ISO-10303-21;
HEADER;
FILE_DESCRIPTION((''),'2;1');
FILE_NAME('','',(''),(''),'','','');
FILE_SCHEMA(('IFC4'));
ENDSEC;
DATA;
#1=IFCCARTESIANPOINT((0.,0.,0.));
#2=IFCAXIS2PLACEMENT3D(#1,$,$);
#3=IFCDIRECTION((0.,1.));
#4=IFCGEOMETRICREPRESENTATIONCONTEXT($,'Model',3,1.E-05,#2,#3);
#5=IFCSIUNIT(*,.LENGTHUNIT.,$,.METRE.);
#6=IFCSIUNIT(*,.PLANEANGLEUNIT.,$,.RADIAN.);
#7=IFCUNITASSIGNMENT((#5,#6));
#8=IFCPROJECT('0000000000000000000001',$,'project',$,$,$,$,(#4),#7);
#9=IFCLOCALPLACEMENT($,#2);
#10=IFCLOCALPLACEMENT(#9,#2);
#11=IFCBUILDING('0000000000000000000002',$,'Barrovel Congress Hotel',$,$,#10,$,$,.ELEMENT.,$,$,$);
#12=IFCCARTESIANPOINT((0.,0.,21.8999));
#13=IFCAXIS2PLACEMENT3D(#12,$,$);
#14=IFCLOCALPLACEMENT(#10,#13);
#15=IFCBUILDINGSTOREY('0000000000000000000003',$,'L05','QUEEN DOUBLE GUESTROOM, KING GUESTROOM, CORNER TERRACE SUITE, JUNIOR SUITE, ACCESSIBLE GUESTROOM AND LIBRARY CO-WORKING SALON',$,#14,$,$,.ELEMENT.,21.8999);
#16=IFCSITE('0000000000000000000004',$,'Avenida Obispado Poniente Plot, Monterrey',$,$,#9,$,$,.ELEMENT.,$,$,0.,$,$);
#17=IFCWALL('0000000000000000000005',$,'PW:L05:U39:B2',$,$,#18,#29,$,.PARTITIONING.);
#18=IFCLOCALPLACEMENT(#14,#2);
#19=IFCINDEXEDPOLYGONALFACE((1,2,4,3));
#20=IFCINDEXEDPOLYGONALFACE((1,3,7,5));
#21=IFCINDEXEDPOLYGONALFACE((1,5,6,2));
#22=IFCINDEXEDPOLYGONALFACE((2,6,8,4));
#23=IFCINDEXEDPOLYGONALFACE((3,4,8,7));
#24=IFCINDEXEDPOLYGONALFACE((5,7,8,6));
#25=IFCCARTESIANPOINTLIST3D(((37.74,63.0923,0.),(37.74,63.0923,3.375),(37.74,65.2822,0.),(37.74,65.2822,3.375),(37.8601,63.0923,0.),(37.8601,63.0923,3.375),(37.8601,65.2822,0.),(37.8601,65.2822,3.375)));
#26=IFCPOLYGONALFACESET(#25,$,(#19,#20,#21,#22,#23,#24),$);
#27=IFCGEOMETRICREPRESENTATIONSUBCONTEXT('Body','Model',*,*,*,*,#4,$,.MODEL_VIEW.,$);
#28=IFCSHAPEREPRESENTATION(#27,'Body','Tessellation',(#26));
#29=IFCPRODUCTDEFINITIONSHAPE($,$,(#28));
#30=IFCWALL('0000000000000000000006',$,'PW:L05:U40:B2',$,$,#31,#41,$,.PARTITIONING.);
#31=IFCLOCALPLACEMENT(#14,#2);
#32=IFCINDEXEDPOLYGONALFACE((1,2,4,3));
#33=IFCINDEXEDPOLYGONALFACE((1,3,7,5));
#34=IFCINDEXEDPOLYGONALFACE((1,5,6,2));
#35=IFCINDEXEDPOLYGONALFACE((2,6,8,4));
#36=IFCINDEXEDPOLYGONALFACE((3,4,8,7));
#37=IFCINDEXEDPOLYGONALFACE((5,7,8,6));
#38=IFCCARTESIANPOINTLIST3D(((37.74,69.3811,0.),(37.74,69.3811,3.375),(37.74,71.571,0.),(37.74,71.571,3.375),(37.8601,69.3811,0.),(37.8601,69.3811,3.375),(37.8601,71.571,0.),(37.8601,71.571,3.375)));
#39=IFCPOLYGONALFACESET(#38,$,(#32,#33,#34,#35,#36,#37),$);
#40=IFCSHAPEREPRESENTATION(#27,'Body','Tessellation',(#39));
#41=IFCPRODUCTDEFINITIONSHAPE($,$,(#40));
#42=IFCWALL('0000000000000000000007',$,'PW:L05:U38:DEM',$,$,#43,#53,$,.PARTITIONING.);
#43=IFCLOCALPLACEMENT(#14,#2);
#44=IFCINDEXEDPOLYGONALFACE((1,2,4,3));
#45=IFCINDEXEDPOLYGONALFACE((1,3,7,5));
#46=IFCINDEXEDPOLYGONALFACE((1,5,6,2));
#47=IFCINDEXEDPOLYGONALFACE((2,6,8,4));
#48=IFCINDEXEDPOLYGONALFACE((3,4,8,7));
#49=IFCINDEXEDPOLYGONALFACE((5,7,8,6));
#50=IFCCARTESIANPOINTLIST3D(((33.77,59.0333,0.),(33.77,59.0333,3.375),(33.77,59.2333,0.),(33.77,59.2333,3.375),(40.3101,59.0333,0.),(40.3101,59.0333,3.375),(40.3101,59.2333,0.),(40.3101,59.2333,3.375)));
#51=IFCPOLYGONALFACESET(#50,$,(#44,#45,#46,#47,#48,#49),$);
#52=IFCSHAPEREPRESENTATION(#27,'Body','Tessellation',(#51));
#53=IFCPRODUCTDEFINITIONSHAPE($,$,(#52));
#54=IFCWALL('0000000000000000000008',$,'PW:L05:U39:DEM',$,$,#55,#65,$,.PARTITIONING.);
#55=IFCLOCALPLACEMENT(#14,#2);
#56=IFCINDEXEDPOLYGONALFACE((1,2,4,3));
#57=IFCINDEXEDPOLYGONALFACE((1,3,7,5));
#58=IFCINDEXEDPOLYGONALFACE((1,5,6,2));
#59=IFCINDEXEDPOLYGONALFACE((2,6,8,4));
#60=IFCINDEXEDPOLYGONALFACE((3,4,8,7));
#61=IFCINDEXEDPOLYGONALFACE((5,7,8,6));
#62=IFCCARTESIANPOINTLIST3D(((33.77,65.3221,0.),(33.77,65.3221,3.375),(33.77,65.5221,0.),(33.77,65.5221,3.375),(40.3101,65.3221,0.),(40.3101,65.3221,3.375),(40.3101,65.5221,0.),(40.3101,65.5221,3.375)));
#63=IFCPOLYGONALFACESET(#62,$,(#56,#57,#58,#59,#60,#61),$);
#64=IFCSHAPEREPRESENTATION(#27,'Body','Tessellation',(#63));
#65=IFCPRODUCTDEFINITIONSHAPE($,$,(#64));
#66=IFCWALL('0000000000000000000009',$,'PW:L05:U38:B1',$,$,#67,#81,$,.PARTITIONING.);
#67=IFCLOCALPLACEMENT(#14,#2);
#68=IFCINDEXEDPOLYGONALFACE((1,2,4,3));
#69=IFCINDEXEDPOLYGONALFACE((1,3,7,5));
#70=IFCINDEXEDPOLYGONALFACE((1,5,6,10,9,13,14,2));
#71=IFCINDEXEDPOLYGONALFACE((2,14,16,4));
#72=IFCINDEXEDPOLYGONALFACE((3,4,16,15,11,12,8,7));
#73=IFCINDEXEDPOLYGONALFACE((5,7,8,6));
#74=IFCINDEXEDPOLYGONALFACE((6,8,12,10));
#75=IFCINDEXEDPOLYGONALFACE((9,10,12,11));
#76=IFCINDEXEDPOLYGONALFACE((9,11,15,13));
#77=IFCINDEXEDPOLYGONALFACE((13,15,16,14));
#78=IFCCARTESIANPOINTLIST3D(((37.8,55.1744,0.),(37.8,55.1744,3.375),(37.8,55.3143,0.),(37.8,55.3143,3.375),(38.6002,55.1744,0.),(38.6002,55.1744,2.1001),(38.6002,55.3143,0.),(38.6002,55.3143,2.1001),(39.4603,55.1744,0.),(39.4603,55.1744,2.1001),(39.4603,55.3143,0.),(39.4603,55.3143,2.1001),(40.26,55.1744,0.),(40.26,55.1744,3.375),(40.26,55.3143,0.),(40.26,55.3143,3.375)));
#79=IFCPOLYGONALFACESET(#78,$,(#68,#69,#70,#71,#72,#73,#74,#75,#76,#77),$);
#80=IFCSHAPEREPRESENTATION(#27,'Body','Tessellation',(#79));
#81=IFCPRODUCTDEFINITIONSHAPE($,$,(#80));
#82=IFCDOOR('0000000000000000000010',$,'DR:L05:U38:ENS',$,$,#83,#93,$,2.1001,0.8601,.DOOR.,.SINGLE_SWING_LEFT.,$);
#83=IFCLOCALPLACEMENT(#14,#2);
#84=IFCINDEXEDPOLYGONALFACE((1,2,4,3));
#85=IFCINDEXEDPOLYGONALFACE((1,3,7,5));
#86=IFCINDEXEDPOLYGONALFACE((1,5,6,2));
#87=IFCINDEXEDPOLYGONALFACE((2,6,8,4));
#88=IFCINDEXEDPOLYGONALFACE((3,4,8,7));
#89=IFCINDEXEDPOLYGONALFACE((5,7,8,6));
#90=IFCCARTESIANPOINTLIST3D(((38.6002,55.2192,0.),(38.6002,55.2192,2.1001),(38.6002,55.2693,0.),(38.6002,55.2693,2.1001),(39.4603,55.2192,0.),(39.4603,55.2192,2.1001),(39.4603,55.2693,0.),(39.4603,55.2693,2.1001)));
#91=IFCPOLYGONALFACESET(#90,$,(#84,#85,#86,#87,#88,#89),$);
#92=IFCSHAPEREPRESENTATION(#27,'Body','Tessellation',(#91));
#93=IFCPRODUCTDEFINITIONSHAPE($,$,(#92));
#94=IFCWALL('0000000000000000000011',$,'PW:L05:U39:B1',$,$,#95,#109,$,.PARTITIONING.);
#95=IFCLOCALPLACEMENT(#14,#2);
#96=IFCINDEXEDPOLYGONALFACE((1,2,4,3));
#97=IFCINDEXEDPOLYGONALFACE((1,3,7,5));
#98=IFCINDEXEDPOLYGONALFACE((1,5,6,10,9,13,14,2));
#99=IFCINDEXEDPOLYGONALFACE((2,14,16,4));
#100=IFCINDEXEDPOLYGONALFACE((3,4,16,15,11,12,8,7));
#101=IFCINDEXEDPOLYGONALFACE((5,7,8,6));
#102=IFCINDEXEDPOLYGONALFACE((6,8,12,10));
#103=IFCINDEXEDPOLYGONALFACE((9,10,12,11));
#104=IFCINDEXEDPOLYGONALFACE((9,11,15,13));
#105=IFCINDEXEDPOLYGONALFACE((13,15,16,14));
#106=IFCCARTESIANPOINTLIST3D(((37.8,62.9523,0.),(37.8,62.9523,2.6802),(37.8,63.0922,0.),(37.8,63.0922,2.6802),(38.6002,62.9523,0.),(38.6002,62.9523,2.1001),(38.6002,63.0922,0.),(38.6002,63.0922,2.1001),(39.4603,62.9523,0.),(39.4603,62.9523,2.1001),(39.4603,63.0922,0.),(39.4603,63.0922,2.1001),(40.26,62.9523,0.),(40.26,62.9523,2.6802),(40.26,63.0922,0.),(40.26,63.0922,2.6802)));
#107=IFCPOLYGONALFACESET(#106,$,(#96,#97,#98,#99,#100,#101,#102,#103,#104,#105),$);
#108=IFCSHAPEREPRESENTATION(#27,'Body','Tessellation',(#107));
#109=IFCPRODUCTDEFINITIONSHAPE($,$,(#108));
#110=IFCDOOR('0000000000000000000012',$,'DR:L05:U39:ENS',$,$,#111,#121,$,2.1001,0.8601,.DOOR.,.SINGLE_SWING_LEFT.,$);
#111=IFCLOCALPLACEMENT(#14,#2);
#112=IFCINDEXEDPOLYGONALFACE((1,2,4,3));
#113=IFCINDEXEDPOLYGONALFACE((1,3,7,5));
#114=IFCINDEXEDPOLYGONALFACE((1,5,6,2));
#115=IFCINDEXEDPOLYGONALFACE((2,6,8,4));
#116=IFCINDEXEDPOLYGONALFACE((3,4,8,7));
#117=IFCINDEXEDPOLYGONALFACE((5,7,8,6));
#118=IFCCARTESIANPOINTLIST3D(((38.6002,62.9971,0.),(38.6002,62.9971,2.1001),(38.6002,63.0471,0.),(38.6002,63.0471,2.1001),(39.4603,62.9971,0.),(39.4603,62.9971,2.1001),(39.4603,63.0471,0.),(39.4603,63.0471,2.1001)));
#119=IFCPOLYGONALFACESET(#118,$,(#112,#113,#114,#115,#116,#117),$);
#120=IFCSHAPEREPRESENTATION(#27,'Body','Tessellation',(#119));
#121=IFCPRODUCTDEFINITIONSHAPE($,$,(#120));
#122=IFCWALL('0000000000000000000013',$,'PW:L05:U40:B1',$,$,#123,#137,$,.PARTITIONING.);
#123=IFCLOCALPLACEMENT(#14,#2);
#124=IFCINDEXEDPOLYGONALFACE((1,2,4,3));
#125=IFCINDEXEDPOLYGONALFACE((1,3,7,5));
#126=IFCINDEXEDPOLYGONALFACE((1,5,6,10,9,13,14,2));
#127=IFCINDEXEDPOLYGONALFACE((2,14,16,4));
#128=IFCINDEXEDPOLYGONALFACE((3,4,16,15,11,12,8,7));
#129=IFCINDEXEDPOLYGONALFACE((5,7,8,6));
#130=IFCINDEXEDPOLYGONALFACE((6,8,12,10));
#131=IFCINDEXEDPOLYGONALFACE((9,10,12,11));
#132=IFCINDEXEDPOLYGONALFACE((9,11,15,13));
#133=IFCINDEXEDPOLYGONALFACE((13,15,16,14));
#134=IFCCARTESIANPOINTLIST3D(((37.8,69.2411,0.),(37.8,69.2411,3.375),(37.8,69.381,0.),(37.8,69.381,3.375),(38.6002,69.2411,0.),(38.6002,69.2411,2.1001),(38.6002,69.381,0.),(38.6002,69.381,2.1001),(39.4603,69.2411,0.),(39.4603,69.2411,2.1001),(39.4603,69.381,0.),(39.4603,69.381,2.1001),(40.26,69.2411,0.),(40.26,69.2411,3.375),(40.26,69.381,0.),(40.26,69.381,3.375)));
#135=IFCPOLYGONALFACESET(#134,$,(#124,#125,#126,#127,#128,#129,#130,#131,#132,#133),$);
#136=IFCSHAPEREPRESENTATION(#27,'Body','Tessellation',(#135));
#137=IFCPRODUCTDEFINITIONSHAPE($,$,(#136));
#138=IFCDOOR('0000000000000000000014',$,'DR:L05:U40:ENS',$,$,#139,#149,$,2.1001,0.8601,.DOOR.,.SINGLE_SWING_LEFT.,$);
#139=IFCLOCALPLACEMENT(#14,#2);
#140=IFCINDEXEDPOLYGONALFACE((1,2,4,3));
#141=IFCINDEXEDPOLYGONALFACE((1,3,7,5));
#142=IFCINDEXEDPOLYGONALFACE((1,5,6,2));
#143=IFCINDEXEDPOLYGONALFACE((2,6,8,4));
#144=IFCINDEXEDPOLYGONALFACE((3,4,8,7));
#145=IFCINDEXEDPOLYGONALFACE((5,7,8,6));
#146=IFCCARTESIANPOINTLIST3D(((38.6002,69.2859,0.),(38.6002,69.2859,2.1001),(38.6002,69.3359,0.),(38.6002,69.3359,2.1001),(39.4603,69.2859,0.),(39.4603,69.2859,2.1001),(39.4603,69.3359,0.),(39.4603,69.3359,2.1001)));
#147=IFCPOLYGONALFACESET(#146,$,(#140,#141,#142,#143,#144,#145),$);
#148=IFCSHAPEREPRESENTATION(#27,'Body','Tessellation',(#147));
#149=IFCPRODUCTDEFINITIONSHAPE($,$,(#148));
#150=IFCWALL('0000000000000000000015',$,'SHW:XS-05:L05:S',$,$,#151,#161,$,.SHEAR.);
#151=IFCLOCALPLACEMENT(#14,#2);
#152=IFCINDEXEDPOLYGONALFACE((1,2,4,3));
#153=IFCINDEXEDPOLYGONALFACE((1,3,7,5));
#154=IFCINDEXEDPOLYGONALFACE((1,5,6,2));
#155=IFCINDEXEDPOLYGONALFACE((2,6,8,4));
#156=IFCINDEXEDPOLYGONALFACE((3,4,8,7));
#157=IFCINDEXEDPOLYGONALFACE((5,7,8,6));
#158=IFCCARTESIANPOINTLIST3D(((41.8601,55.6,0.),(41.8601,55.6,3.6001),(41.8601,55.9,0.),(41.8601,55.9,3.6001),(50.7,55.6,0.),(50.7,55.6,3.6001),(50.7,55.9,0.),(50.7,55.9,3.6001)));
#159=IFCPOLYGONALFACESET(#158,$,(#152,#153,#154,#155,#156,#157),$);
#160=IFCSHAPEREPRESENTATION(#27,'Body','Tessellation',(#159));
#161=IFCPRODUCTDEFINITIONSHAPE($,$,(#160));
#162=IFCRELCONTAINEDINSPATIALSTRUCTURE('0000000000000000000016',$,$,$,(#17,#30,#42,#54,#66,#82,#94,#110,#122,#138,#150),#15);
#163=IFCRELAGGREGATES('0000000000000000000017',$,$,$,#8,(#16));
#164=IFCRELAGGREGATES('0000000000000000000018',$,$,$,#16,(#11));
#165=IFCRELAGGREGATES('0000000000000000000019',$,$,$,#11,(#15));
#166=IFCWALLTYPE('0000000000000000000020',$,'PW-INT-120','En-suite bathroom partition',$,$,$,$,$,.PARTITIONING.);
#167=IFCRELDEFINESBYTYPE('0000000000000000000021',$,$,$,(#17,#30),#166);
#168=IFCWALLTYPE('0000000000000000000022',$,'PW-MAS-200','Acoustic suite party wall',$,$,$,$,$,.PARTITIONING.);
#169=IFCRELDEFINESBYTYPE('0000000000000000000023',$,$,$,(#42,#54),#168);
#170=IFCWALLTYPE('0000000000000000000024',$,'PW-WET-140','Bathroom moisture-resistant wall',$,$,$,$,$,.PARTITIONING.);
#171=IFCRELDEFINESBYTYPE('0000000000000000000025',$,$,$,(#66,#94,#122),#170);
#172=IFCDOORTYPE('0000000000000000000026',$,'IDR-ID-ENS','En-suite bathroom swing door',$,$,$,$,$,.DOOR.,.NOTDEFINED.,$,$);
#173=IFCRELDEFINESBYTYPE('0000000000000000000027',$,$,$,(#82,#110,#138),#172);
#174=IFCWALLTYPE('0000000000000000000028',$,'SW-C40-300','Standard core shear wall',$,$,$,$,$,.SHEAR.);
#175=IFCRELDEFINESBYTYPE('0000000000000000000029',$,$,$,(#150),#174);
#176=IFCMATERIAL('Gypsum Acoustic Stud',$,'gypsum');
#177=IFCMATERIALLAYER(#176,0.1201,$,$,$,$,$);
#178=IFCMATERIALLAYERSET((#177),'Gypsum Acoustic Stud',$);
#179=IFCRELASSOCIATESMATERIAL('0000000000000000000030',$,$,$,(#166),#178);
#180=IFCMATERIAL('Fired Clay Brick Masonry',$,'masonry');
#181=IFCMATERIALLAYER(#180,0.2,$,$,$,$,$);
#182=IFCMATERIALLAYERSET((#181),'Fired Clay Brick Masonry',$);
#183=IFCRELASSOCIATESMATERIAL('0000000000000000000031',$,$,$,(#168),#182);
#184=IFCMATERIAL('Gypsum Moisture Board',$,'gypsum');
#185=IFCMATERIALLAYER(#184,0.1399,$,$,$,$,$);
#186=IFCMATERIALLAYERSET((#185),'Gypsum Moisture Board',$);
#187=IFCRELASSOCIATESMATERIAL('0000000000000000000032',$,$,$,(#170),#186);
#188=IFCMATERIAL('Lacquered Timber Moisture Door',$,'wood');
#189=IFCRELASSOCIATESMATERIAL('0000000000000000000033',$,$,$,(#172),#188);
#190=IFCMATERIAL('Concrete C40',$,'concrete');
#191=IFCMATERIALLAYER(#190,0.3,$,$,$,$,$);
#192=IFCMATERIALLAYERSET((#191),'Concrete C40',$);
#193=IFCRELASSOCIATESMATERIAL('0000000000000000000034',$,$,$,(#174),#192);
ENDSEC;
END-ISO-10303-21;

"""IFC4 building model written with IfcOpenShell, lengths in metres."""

from ifc_helpers import new_model, si_unit, direction, frame, frame_2d, origin, place, context, subcontext, project, spatial, rectangle, extrude, material, layer, layer_set, type_object, element, fill, save


model = new_model("IFC4")

# Units and contexts
model_context = context("Model", 3, precision=1e-05, world=origin(), true_north=direction((0.0, 1.0)))
body_context = subcontext(model_context, "Body", "Model", "MODEL_VIEW")
ifc_project = project(units=[si_unit("LENGTHUNIT", "METRE"), si_unit("PLANEANGLEUNIT", "RADIAN")], contexts=[model_context])

# Site, building, storey
site_placement = place(None, origin())
site = spatial("IfcSite", under=ifc_project, at=site_placement, Name="Avenida Obispado Poniente Plot, Monterrey", CompositionType="ELEMENT", RefElevation=0.0)
building_placement = place(site_placement, origin())
building = spatial("IfcBuilding", under=site, at=building_placement, Name="Barrovel Congress Hotel", CompositionType="ELEMENT")
storey_placement = place(building_placement, frame((0.0, 0.0, 21.8999)))
storey = spatial("IfcBuildingStorey", under=building, at=storey_placement, Name="L05", Description="QUEEN DOUBLE GUESTROOM, KING GUESTROOM, CORNER TERRACE SUITE, JUNIOR SUITE, ACCESSIBLE GUESTROOM AND LIBRARY CO-WORKING SALON", CompositionType="ELEMENT", Elevation=21.8999)

# Shared definitions
ifc_material_1 = material(Name="Concrete C40", Category="concrete")

# Shared definitions
ifc_material_2 = material(Name="Fired Clay Brick Masonry", Category="masonry")

# Shared definitions
ifc_material_3 = material(Name="Gypsum Acoustic Stud", Category="gypsum")

# Walls
ifc_layer_1 = layer(ifc_material_3, 0.1201)
ifc_layer_set_1 = layer_set([ifc_layer_1], Name="Gypsum Acoustic Stud")
wall_type_1 = type_object("IfcWallType", Name="PW-INT-120", Description="En-suite bathroom partition", PredefinedType="PARTITIONING", material=ifc_layer_set_1)
for number, where, z_axis, x_axis, name in (
    (1, (37.8, 63.0923, 0.0), (0.0, 0.0, 1.0), (0.0, 1.0, 0.0), "PW:L05:U39:B2"),
    (2, (37.8, 69.3811, 0.0), (0.0, 0.0, 1.0), (0.0, 1.0, 0.0), "PW:L05:U40:B2"),
):
    element("IfcWall", number, at=place(storey_placement, frame(where, z_axis=z_axis, x_axis=x_axis)), inside=storey, type_object=wall_type_1, Name=name, PredefinedType="PARTITIONING", context=body_context, shape_type="SweptSolid", body=[
        extrude(rectangle(XDim=2.1899, YDim=0.1201, at=frame_2d((1.095, 0.0))), origin(), (0.0, 0.0, 1.0), 3.375),
    ])
ifc_layer_2 = layer(ifc_material_2, 0.2)
ifc_layer_set_2 = layer_set([ifc_layer_2], Name="Fired Clay Brick Masonry")
wall_type_2 = type_object("IfcWallType", Name="PW-MAS-200", Description="Acoustic suite party wall", PredefinedType="PARTITIONING", material=ifc_layer_set_2)
for number, where, z_axis, x_axis, name in (
    (3, (33.77, 59.1333, 0.0), (0.0, 0.0, 1.0), (1.0, 0.0, 0.0), "PW:L05:U38:DEM"),
    (4, (33.77, 65.4221, 0.0), (0.0, 0.0, 1.0), (1.0, 0.0, 0.0), "PW:L05:U39:DEM"),
):
    element("IfcWall", number, at=place(storey_placement, frame(where, z_axis=z_axis, x_axis=x_axis)), inside=storey, type_object=wall_type_2, Name=name, PredefinedType="PARTITIONING", context=body_context, shape_type="SweptSolid", body=[
        extrude(rectangle(XDim=6.54, YDim=0.2, at=frame_2d((3.27, 0.0))), origin(), (0.0, 0.0, 1.0), 3.375),
    ])

# Walls, openings, doors
ifc_material_4 = material(Name="Gypsum Moisture Board", Category="gypsum")
ifc_layer_3 = layer(ifc_material_4, 0.1399)
ifc_layer_set_3 = layer_set([ifc_layer_3], Name="Gypsum Moisture Board")
wall_type_3 = type_object("IfcWallType", Name="PW-WET-140", Description="Bathroom moisture-resistant wall", PredefinedType="PARTITIONING", material=ifc_layer_set_3)
wall_1_placement = place(storey_placement, frame((37.8, 55.2444, 0.0), z_axis=(0.0, 0.0, 1.0), x_axis=(1.0, 0.0, 0.0)))
wall_1 = element("IfcWall", 5, at=wall_1_placement, inside=storey, type_object=wall_type_3, Name="PW:L05:U38:B1", PredefinedType="PARTITIONING", context=body_context, shape_type="SweptSolid", body=[
    extrude(rectangle(XDim=2.46, YDim=0.1399, at=frame_2d((1.23, 0.0))), origin(), (0.0, 0.0, 1.0), 3.375),
])
opening_1_placement = place(wall_1_placement, frame((0.8, 0.0, 0.0)))
opening_1 = element("IfcOpeningElement", 6, at=opening_1_placement, cuts=wall_1, PredefinedType="OPENING", context=body_context, shape_type="SweptSolid", body=[
    extrude(rectangle(XDim=0.8601, YDim=2.1001, at=frame_2d((0.4302, 1.05))), frame((0.0, 0.0801, 0.0), z_axis=(0.0, -1.0, 0.0), x_axis=(1.0, 0.0, 0.0)), (0.0, 0.0, 1.0), 0.1599),
])
ifc_material_5 = material(Name="Lacquered Timber Moisture Door", Category="wood")
door_type_1 = type_object("IfcDoorType", Name="IDR-ID-ENS", Description="En-suite bathroom swing door", OperationType="NOTDEFINED", PredefinedType="DOOR", material=ifc_material_5)
door_1_placement = place(opening_1_placement, origin())
door_1 = element("IfcDoor", 7, at=door_1_placement, inside=storey, type_object=door_type_1, Name="DR:L05:U38:ENS", OperationType="SINGLE_SWING_LEFT", OverallHeight=2.1001, OverallWidth=0.8601, PredefinedType="DOOR", context=body_context, shape_type="SweptSolid", body=[
    extrude(rectangle(XDim=0.8601, YDim=2.1001, at=frame_2d((0.4302, 1.05))), frame((0.0, 0.0249, 0.0), z_axis=(0.0, -1.0, 0.0), x_axis=(1.0, 0.0, 0.0)), (0.0, 0.0, 1.0), 0.05),
])
fill(opening_1, door_1)
wall_2_placement = place(storey_placement, frame((37.8, 63.0222, 0.0), z_axis=(0.0, 0.0, 1.0), x_axis=(1.0, 0.0, 0.0)))
wall_2 = element("IfcWall", 8, at=wall_2_placement, inside=storey, type_object=wall_type_3, Name="PW:L05:U39:B1", PredefinedType="PARTITIONING", context=body_context, shape_type="SweptSolid", body=[
    extrude(rectangle(XDim=2.46, YDim=0.1399, at=frame_2d((1.23, 0.0))), origin(), (0.0, 0.0, 1.0), 2.6802),
])
opening_2_placement = place(wall_2_placement, frame((0.8, 0.0, 0.0)))
opening_2 = element("IfcOpeningElement", 9, at=opening_2_placement, cuts=wall_2, PredefinedType="OPENING", context=body_context, shape_type="SweptSolid", body=[
    extrude(rectangle(XDim=0.8601, YDim=2.1001, at=frame_2d((0.4302, 1.05))), frame((0.0, 0.0801, 0.0), z_axis=(0.0, -1.0, 0.0), x_axis=(1.0, 0.0, 0.0)), (0.0, 0.0, 1.0), 0.1599),
])
door_2_placement = place(opening_2_placement, origin())
door_2 = element("IfcDoor", 10, at=door_2_placement, inside=storey, type_object=door_type_1, Name="DR:L05:U39:ENS", OperationType="SINGLE_SWING_LEFT", OverallHeight=2.1001, OverallWidth=0.8601, PredefinedType="DOOR", context=body_context, shape_type="SweptSolid", body=[
    extrude(rectangle(XDim=0.8601, YDim=2.1001, at=frame_2d((0.4302, 1.05))), frame((0.0, 0.0249, 0.0), z_axis=(0.0, -1.0, 0.0), x_axis=(1.0, 0.0, 0.0)), (0.0, 0.0, 1.0), 0.05),
])
fill(opening_2, door_2)
wall_3_placement = place(storey_placement, frame((37.8, 69.311, 0.0), z_axis=(0.0, 0.0, 1.0), x_axis=(1.0, 0.0, 0.0)))
wall_3 = element("IfcWall", 11, at=wall_3_placement, inside=storey, type_object=wall_type_3, Name="PW:L05:U40:B1", PredefinedType="PARTITIONING", context=body_context, shape_type="SweptSolid", body=[
    extrude(rectangle(XDim=2.46, YDim=0.1399, at=frame_2d((1.23, 0.0))), origin(), (0.0, 0.0, 1.0), 3.375),
])
opening_3_placement = place(wall_3_placement, frame((0.8, 0.0, 0.0)))
opening_3 = element("IfcOpeningElement", 12, at=opening_3_placement, cuts=wall_3, PredefinedType="OPENING", context=body_context, shape_type="SweptSolid", body=[
    extrude(rectangle(XDim=0.8601, YDim=2.1001, at=frame_2d((0.4302, 1.05))), frame((0.0, 0.0801, 0.0), z_axis=(0.0, -1.0, 0.0), x_axis=(1.0, 0.0, 0.0)), (0.0, 0.0, 1.0), 0.1599),
])
door_3_placement = place(opening_3_placement, origin())
door_3 = element("IfcDoor", 13, at=door_3_placement, inside=storey, type_object=door_type_1, Name="DR:L05:U40:ENS", OperationType="SINGLE_SWING_LEFT", OverallHeight=2.1001, OverallWidth=0.8601, PredefinedType="DOOR", context=body_context, shape_type="SweptSolid", body=[
    extrude(rectangle(XDim=0.8601, YDim=2.1001, at=frame_2d((0.4302, 1.05))), frame((0.0, 0.0249, 0.0), z_axis=(0.0, -1.0, 0.0), x_axis=(1.0, 0.0, 0.0)), (0.0, 0.0, 1.0), 0.05),
])
fill(opening_3, door_3)

# Wall
ifc_layer_4 = layer(ifc_material_1, 0.3)
ifc_layer_set_4 = layer_set([ifc_layer_4], Name="Concrete C40")
wall_type_4 = type_object("IfcWallType", Name="SW-C40-300", Description="Standard core shear wall", PredefinedType="SHEAR", material=ifc_layer_set_4)
wall_4_placement = place(storey_placement, frame((41.8601, 55.75, 0.0), z_axis=(0.0, 0.0, 1.0), x_axis=(1.0, 0.0, 0.0)))
element("IfcWall", 14, at=wall_4_placement, inside=storey, type_object=wall_type_4, Name="SHW:XS-05:L05:S", PredefinedType="SHEAR", context=body_context, shape_type="SweptSolid", body=[
    extrude(rectangle(XDim=8.8398, YDim=0.3, at=frame_2d((4.4199, 0.0))), origin(), (0.0, 0.0, 1.0), 3.6001),
])

save(model, "model.ifc")
